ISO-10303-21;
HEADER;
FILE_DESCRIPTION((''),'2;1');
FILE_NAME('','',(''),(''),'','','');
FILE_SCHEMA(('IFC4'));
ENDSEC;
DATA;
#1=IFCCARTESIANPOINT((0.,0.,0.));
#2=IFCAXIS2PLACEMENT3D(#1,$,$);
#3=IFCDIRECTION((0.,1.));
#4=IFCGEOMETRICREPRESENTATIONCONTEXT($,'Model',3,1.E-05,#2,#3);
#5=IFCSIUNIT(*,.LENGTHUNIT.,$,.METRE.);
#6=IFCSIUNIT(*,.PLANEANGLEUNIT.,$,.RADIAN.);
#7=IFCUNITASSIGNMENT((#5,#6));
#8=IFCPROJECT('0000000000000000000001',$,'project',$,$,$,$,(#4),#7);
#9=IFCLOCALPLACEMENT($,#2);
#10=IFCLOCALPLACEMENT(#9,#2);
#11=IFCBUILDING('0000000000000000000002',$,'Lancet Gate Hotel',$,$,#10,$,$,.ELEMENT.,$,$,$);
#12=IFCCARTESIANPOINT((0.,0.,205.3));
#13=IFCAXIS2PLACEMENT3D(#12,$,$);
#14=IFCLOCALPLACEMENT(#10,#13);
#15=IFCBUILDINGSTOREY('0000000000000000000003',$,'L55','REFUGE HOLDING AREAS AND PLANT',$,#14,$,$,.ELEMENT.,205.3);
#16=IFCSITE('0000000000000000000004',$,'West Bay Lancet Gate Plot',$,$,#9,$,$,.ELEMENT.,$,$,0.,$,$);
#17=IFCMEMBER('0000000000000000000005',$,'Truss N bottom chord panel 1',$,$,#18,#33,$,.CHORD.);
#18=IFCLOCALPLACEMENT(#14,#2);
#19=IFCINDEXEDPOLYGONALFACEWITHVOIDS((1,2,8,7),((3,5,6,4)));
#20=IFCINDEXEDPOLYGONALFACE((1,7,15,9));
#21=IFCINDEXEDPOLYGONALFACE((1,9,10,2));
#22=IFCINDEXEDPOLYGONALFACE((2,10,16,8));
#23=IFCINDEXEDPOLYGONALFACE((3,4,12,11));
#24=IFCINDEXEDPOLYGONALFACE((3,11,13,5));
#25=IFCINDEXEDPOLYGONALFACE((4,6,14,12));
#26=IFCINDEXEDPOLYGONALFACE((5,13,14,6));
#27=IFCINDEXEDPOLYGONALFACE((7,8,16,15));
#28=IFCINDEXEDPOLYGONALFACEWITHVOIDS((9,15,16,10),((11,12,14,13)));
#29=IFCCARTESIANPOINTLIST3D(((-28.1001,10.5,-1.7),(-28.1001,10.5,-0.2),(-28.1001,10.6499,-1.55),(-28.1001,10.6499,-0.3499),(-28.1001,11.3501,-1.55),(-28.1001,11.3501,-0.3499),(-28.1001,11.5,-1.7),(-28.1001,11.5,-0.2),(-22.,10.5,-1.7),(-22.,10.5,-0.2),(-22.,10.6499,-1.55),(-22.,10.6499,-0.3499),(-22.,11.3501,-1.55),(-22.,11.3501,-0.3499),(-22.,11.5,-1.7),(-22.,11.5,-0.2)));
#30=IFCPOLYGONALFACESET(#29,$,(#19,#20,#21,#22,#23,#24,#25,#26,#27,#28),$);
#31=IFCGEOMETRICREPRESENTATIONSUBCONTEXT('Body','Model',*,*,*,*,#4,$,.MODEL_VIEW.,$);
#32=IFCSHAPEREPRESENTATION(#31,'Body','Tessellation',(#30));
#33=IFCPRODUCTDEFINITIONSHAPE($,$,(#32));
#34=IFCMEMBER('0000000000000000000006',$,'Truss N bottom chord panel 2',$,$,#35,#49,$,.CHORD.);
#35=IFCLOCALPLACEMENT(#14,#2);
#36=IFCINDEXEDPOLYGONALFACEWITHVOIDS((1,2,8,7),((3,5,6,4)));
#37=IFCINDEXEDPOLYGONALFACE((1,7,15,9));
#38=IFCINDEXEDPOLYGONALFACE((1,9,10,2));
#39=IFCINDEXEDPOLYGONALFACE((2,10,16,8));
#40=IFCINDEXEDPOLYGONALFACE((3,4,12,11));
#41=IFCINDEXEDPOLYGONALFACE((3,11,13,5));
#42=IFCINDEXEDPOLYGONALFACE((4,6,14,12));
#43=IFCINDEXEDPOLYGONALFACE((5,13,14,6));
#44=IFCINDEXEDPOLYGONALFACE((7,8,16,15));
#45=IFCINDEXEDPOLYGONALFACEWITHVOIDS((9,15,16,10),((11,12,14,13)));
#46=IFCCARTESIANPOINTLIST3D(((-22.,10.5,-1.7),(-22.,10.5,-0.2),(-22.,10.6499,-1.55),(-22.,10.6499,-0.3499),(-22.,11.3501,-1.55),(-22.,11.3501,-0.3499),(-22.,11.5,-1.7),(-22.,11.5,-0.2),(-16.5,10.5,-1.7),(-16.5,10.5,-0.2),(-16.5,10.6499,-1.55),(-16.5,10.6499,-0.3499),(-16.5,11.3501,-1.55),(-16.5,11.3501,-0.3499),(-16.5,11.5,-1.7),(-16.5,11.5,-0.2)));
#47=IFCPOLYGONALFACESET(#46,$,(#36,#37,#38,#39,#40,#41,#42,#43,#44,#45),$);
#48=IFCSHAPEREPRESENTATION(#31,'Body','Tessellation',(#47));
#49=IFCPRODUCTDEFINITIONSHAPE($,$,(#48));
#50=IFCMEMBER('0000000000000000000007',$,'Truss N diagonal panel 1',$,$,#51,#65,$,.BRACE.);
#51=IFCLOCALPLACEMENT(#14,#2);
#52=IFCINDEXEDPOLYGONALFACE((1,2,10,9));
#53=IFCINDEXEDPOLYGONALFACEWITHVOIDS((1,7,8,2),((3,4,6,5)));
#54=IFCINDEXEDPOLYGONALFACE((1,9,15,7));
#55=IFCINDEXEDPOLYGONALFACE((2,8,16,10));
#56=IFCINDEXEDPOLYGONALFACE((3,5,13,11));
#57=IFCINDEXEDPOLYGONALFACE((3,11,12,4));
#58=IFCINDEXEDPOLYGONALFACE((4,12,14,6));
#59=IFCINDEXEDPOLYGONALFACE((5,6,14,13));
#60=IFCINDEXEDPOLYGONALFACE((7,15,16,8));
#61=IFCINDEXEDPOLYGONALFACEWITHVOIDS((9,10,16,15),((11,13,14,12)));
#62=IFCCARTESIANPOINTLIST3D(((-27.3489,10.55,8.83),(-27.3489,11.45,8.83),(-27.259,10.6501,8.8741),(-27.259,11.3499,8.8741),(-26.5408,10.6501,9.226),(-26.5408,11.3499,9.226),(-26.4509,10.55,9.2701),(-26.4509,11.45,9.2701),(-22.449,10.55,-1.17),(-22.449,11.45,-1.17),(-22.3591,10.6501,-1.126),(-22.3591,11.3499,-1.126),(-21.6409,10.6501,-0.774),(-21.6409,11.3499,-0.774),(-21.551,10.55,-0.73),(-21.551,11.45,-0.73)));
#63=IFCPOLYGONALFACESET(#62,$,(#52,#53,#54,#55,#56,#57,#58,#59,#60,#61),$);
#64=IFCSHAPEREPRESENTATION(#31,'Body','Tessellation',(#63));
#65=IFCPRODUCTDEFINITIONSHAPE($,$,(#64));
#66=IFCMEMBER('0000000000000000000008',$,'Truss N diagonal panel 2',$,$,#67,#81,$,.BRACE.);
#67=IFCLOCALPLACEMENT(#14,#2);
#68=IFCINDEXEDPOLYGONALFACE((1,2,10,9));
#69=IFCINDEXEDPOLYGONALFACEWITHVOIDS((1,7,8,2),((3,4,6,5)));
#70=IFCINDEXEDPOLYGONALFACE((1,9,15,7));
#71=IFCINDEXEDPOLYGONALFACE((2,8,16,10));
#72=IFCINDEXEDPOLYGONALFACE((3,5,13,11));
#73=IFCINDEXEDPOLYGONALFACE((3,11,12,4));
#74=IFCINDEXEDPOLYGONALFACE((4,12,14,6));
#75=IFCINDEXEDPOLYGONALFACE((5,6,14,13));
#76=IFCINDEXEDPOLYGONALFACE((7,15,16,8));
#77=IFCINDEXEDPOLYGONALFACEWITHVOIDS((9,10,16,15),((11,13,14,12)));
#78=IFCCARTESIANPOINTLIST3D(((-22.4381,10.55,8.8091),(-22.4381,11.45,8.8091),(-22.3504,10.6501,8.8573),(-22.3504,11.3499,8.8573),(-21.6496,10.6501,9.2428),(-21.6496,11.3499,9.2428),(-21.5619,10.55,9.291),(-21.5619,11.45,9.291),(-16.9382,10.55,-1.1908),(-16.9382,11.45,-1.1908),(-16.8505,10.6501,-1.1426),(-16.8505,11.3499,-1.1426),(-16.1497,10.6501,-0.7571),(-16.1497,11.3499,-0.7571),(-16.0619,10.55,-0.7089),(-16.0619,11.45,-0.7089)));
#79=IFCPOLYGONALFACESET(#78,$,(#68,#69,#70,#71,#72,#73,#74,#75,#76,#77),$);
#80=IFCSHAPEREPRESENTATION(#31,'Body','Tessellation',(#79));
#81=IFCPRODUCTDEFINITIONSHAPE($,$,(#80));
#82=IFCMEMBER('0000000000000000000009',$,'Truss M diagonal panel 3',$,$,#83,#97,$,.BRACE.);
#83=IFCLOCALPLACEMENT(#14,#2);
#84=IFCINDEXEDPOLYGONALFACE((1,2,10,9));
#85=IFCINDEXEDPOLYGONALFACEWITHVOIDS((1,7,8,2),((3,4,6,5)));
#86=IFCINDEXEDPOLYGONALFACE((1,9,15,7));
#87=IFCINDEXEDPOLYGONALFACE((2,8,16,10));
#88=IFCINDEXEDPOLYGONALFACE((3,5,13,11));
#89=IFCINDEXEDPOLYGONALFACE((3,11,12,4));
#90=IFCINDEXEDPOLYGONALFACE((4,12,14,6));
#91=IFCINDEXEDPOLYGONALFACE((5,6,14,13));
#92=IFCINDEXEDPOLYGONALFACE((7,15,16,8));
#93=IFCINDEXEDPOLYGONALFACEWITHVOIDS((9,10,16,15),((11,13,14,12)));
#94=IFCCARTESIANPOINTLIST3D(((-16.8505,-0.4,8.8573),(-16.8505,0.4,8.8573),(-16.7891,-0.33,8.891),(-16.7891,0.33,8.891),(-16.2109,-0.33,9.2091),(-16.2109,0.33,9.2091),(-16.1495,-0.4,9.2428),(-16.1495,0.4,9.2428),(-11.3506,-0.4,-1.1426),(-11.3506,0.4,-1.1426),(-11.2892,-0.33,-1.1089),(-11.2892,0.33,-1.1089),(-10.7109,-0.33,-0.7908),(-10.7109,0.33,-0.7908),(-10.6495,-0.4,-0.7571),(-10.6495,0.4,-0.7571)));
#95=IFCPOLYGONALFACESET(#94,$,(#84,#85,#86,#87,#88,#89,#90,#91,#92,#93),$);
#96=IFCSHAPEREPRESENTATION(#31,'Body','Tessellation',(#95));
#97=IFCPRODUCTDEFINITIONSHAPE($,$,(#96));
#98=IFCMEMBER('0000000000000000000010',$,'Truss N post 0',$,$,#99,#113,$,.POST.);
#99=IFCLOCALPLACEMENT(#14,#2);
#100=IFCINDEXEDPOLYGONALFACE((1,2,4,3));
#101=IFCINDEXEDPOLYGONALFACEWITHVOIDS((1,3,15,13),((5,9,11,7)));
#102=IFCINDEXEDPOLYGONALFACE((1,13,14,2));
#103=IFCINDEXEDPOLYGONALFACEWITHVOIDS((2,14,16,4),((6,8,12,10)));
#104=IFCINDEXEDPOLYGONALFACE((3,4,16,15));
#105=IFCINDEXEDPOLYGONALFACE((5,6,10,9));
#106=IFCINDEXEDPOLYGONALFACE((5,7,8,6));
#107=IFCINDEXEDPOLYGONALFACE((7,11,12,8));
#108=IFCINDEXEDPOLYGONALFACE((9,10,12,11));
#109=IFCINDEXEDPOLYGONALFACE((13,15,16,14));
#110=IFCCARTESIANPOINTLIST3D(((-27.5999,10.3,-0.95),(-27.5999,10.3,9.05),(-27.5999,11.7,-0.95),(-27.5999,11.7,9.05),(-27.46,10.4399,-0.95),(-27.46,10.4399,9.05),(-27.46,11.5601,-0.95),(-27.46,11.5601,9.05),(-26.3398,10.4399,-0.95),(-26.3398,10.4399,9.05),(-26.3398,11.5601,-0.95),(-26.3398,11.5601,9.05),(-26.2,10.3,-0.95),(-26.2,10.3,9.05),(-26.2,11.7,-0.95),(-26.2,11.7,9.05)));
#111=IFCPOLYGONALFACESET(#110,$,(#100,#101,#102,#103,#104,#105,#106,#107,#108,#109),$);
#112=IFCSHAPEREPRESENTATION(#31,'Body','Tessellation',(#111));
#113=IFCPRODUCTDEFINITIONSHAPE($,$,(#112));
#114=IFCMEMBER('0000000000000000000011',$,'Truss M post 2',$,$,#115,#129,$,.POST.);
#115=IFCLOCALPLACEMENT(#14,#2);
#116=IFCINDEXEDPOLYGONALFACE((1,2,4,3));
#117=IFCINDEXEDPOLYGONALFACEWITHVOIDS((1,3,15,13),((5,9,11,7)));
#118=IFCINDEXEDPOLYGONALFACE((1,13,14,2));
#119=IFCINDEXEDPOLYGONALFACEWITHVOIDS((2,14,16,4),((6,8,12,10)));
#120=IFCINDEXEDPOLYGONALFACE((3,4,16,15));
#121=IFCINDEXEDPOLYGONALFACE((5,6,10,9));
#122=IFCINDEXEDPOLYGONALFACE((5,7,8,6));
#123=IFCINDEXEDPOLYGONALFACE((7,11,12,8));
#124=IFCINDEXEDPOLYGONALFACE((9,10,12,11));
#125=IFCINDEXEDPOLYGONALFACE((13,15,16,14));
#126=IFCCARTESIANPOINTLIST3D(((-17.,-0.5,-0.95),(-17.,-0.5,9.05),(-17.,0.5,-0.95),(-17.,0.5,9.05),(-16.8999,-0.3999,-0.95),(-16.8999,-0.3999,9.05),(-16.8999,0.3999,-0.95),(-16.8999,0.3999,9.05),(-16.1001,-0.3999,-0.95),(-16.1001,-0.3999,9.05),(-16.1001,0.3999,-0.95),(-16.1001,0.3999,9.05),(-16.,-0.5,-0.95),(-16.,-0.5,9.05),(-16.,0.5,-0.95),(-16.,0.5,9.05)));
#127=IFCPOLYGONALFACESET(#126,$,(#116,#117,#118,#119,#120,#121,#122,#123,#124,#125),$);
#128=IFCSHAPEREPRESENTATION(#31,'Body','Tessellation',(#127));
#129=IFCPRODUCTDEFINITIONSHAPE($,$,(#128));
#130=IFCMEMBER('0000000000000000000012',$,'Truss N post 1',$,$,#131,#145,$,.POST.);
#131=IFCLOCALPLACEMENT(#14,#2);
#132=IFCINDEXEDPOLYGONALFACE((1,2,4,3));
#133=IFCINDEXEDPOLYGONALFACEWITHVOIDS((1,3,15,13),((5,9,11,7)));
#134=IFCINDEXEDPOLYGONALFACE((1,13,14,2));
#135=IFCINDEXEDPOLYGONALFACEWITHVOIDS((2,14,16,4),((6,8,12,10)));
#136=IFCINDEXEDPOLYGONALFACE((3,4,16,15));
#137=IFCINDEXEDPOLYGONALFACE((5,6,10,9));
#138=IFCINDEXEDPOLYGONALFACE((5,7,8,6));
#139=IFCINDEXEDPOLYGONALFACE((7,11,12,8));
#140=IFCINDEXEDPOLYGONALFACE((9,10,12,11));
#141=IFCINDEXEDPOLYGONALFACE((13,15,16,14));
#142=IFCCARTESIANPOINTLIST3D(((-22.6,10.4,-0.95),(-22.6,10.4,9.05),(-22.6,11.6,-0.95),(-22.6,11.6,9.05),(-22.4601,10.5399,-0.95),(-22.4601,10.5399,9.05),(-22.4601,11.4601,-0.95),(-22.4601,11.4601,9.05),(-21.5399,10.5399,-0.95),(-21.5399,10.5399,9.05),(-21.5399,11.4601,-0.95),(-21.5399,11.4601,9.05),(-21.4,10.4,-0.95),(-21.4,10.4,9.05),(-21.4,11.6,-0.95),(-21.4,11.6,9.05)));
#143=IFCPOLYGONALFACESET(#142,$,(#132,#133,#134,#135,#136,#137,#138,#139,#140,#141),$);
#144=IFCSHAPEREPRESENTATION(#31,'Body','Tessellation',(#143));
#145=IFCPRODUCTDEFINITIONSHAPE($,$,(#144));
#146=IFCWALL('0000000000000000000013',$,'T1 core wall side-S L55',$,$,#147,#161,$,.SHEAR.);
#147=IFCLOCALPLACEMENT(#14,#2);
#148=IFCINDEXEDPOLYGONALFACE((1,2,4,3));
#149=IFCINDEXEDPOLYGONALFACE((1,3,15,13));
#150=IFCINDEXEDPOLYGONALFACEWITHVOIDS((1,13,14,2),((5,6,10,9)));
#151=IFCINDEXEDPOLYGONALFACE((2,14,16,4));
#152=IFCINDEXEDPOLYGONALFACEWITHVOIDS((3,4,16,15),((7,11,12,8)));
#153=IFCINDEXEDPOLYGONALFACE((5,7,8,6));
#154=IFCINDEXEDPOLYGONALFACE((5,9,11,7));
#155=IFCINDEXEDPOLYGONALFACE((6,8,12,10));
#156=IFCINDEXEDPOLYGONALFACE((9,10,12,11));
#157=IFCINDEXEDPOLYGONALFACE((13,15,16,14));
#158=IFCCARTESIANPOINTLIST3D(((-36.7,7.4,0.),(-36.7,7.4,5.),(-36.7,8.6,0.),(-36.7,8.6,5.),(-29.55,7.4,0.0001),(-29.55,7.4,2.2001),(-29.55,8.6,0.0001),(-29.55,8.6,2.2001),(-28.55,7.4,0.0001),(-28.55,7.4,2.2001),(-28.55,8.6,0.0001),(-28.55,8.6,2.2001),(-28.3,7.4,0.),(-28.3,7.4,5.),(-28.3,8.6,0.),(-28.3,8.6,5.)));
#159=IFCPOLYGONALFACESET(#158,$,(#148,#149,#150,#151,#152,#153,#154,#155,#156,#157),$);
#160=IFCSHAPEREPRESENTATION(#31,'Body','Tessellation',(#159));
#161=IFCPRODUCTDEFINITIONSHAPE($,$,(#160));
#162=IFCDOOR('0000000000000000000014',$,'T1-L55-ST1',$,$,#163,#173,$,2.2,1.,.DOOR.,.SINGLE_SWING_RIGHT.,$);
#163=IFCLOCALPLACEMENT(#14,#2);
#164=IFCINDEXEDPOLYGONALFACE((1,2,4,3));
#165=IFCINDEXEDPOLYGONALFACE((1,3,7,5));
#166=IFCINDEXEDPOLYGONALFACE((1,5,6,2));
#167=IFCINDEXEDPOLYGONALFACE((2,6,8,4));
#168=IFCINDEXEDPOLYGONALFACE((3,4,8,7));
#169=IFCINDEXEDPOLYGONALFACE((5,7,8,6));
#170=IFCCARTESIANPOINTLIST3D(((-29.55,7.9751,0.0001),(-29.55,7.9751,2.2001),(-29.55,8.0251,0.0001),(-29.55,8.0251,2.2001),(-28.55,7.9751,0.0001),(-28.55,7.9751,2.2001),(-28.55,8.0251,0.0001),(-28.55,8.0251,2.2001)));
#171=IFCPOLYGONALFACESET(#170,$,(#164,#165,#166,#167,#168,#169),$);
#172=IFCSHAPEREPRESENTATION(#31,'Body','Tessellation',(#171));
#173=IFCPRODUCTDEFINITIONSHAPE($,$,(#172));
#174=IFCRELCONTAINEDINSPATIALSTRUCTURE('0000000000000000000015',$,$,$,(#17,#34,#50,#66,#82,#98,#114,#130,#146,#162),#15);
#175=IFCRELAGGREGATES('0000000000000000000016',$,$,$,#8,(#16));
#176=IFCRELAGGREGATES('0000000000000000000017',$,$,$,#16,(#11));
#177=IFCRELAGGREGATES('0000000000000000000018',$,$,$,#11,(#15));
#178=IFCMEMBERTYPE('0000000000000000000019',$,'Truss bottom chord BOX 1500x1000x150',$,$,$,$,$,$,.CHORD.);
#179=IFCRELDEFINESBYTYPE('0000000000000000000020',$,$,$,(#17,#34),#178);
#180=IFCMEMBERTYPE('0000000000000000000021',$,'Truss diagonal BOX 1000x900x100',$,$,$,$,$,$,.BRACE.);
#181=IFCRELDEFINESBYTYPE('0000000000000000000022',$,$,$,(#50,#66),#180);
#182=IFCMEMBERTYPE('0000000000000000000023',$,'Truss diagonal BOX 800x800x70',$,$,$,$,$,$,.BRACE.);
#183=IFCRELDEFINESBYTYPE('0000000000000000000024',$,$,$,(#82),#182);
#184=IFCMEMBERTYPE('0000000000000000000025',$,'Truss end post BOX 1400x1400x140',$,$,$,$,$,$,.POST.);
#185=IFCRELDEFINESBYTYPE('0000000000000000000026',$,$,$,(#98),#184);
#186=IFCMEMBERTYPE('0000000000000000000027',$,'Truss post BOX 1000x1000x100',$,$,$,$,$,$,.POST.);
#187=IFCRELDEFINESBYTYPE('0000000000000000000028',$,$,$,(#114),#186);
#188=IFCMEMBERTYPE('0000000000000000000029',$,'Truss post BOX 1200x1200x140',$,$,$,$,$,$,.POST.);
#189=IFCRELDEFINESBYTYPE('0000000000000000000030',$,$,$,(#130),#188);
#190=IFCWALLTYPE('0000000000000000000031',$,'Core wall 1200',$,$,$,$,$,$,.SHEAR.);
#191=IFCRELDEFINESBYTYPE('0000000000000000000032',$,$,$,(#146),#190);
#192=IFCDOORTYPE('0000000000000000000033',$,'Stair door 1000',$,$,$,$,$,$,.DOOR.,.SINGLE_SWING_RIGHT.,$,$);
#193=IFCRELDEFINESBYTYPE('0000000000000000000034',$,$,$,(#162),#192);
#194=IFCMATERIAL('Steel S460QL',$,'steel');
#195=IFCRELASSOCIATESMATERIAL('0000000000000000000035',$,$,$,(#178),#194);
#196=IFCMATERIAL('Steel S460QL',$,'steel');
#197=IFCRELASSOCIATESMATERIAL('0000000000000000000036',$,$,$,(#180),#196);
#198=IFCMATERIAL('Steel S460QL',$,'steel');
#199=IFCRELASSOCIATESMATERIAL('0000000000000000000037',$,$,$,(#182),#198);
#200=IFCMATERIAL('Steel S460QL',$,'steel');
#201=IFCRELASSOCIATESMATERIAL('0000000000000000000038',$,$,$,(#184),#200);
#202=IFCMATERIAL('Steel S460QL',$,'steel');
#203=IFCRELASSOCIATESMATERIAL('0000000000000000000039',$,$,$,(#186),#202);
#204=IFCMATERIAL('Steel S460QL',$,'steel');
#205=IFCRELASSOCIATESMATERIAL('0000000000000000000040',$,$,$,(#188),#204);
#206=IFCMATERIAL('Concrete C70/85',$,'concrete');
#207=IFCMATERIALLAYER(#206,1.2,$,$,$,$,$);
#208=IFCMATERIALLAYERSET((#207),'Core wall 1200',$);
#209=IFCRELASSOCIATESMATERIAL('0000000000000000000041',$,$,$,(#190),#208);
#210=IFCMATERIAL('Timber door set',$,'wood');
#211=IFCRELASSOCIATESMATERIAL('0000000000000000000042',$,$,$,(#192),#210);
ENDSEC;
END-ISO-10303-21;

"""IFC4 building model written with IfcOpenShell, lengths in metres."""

from ifc_helpers import new_model, si_unit, direction, frame, frame_2d, origin, origin_2d, place, context, subcontext, project, spatial, rectangle, hollow_rectangle, extrude, material, layer, layer_set, material_profile, profile_set, type_object, element, fill, save


model = new_model("IFC4")

# Units and contexts
model_context = context("Model", 3, precision=1e-05, world=origin(), true_north=direction((0.0, 1.0)))
body_context = subcontext(model_context, "Body", "Model", "MODEL_VIEW")
ifc_project = project(units=[si_unit("LENGTHUNIT", "METRE"), si_unit("PLANEANGLEUNIT", "RADIAN")], contexts=[model_context])

# Site, building, storey
site_placement = place(None, origin())
site = spatial("IfcSite", under=ifc_project, at=site_placement, Name="West Bay Lancet Gate Plot", CompositionType="ELEMENT", RefElevation=0.0)
building_placement = place(site_placement, origin())
building = spatial("IfcBuilding", under=site, at=building_placement, Name="Lancet Gate Hotel", CompositionType="ELEMENT")
storey_placement = place(building_placement, frame((0.0, 0.0, 205.3)))
storey = spatial("IfcBuildingStorey", under=building, at=storey_placement, Name="L55", Description="REFUGE HOLDING AREAS AND PLANT", CompositionType="ELEMENT", Elevation=205.3)

# Members
ifc_material_1 = material(Name="Steel S460QL", Category="steel")
ifc_material_profile_1 = material_profile(ifc_material_1, hollow_rectangle(XDim=1.0, YDim=1.5, WallThickness=0.1499, at=origin_2d()), Name="BOX 1500x1000x150")
ifc_profile_set_1 = profile_set([ifc_material_profile_1], Name="Steel S460QL")
member_type_1 = type_object("IfcMemberType", Name="Truss bottom chord BOX 1500x1000x150", PredefinedType="CHORD", material=ifc_profile_set_1)
member_1_placement = place(storey_placement, frame((-28.1001, 11.0, -0.95), z_axis=(1.0, 0.0, 0.0), x_axis=(0.0, 1.0, 0.0)))
element("IfcMember", 1, at=member_1_placement, inside=storey, type_object=member_type_1, Name="Truss N bottom chord panel 1", PredefinedType="CHORD", context=body_context, shape_type="SweptSolid", body=[
    extrude(hollow_rectangle(XDim=1.0, YDim=1.5, WallThickness=0.1499, at=origin_2d()), origin(), (0.0, 0.0, 1.0), 6.1001),
])
member_2_placement = place(storey_placement, frame((-22.0, 11.0, -0.95), z_axis=(1.0, 0.0, 0.0), x_axis=(0.0, 1.0, 0.0)))
element("IfcMember", 2, at=member_2_placement, inside=storey, type_object=member_type_1, Name="Truss N bottom chord panel 2", PredefinedType="CHORD", context=body_context, shape_type="SweptSolid", body=[
    extrude(hollow_rectangle(XDim=1.0, YDim=1.5, WallThickness=0.1499, at=origin_2d()), origin(), (0.0, 0.0, 1.0), 5.5),
])
ifc_material_2 = material(Name="Steel S460QL", Category="steel")
ifc_material_profile_2 = material_profile(ifc_material_2, hollow_rectangle(XDim=0.8999, YDim=1.0, WallThickness=0.1001, at=origin_2d()), Name="BOX 1000x900x100")
ifc_profile_set_2 = profile_set([ifc_material_profile_2], Name="Steel S460QL")
member_type_2 = type_object("IfcMemberType", Name="Truss diagonal BOX 1000x900x100", PredefinedType="BRACE", material=ifc_profile_set_2)
member_3_placement = place(storey_placement, frame((-26.8999, 11.0, 9.05), z_axis=(0.440008, 0.0, -0.897994), x_axis=(0.0, 1.0, 0.0)))
element("IfcMember", 3, at=member_3_placement, inside=storey, type_object=member_type_2, Name="Truss N diagonal panel 1", PredefinedType="BRACE", context=body_context, shape_type="SweptSolid", body=[
    extrude(hollow_rectangle(XDim=0.8999, YDim=1.0, WallThickness=0.1001, at=origin_2d()), origin(), (0.0, 0.0, 1.0), 11.136),
])
member_4_placement = place(storey_placement, frame((-22.0, 11.0, 9.05), z_axis=(0.481919, 0.0, -0.876216), x_axis=(0.0, 1.0, 0.0)))
element("IfcMember", 4, at=member_4_placement, inside=storey, type_object=member_type_2, Name="Truss N diagonal panel 2", PredefinedType="BRACE", context=body_context, shape_type="SweptSolid", body=[
    extrude(hollow_rectangle(XDim=0.8999, YDim=1.0, WallThickness=0.1001, at=origin_2d()), origin(), (0.0, 0.0, 1.0), 11.4126),
])
ifc_material_3 = material(Name="Steel S460QL", Category="steel")
ifc_material_profile_3 = material_profile(ifc_material_3, hollow_rectangle(XDim=0.8, YDim=0.8, WallThickness=0.0701, at=origin_2d()), Name="BOX 800x800x70")
ifc_profile_set_3 = profile_set([ifc_material_profile_3], Name="Steel S460QL")
member_type_3 = type_object("IfcMemberType", Name="Truss diagonal BOX 800x800x70", PredefinedType="BRACE", material=ifc_profile_set_3)
member_5_placement = place(storey_placement, frame((-16.5, 0.0, 9.05), z_axis=(0.481919, 0.0, -0.876216), x_axis=(0.0, 1.0, 0.0)))
element("IfcMember", 5, at=member_5_placement, inside=storey, type_object=member_type_3, Name="Truss M diagonal panel 3", PredefinedType="BRACE", context=body_context, shape_type="SweptSolid", body=[
    extrude(hollow_rectangle(XDim=0.8, YDim=0.8, WallThickness=0.0701, at=origin_2d()), origin(), (0.0, 0.0, 1.0), 11.4126),
])
ifc_material_4 = material(Name="Steel S460QL", Category="steel")
ifc_material_profile_4 = material_profile(ifc_material_4, hollow_rectangle(XDim=1.3999, YDim=1.3999, WallThickness=0.1399, at=origin_2d()), Name="BOX 1400x1400x140")
ifc_profile_set_4 = profile_set([ifc_material_profile_4], Name="Steel S460QL")
member_type_4 = type_object("IfcMemberType", Name="Truss end post BOX 1400x1400x140", PredefinedType="POST", material=ifc_profile_set_4)
member_6_placement = place(storey_placement, frame((-26.8999, 11.0, -0.95), z_axis=(0.0, 0.0, 1.0), x_axis=(1.0, 0.0, 0.0)))
element("IfcMember", 6, at=member_6_placement, inside=storey, type_object=member_type_4, Name="Truss N post 0", PredefinedType="POST", context=body_context, shape_type="SweptSolid", body=[
    extrude(hollow_rectangle(XDim=1.3999, YDim=1.3999, WallThickness=0.1399, at=origin_2d()), origin(), (0.0, 0.0, 1.0), 10.0),
])
ifc_material_5 = material(Name="Steel S460QL", Category="steel")
ifc_material_profile_5 = material_profile(ifc_material_5, hollow_rectangle(XDim=1.0, YDim=1.0, WallThickness=0.1001, at=origin_2d()), Name="BOX 1000x1000x100")
ifc_profile_set_5 = profile_set([ifc_material_profile_5], Name="Steel S460QL")
member_type_5 = type_object("IfcMemberType", Name="Truss post BOX 1000x1000x100", PredefinedType="POST", material=ifc_profile_set_5)
member_7_placement = place(storey_placement, frame((-16.5, 0.0, -0.95), z_axis=(0.0, 0.0, 1.0), x_axis=(1.0, 0.0, 0.0)))
element("IfcMember", 7, at=member_7_placement, inside=storey, type_object=member_type_5, Name="Truss M post 2", PredefinedType="POST", context=body_context, shape_type="SweptSolid", body=[
    extrude(hollow_rectangle(XDim=1.0, YDim=1.0, WallThickness=0.1001, at=origin_2d()), origin(), (0.0, 0.0, 1.0), 10.0),
])
ifc_material_6 = material(Name="Steel S460QL", Category="steel")
ifc_material_profile_6 = material_profile(ifc_material_6, hollow_rectangle(XDim=1.2, YDim=1.2, WallThickness=0.1399, at=origin_2d()), Name="BOX 1200x1200x140")
ifc_profile_set_6 = profile_set([ifc_material_profile_6], Name="Steel S460QL")
member_type_6 = type_object("IfcMemberType", Name="Truss post BOX 1200x1200x140", PredefinedType="POST", material=ifc_profile_set_6)
member_8_placement = place(storey_placement, frame((-22.0, 11.0, -0.95), z_axis=(0.0, 0.0, 1.0), x_axis=(1.0, 0.0, 0.0)))
element("IfcMember", 8, at=member_8_placement, inside=storey, type_object=member_type_6, Name="Truss N post 1", PredefinedType="POST", context=body_context, shape_type="SweptSolid", body=[
    extrude(hollow_rectangle(XDim=1.2, YDim=1.2, WallThickness=0.1399, at=origin_2d()), origin(), (0.0, 0.0, 1.0), 10.0),
])

# Wall, opening, door
ifc_material_7 = material(Name="Concrete C70/85", Category="concrete")
ifc_layer_1 = layer(ifc_material_7, 1.2)
ifc_layer_set_1 = layer_set([ifc_layer_1], Name="Core wall 1200")
wall_type_1 = type_object("IfcWallType", Name="Core wall 1200", PredefinedType="SHEAR", material=ifc_layer_set_1)
wall_1_placement = place(storey_placement, frame((-28.3, 8.0, 0.0), z_axis=(0.0, 0.0, 1.0), x_axis=(-1.0, 0.0, 0.0)))
wall_1 = element("IfcWall", 9, at=wall_1_placement, inside=storey, type_object=wall_type_1, Name="T1 core wall side-S L55", PredefinedType="SHEAR", context=body_context, shape_type="SweptSolid", body=[
    extrude(rectangle(XDim=8.3999, YDim=1.2, at=frame_2d((4.2, 0.0))), origin(), (0.0, 0.0, 1.0), 5.0),
])
opening_1_placement = place(wall_1_placement, frame((0.25, 0.0, 0.0)))
opening_1 = element("IfcOpeningElement", 10, at=opening_1_placement, cuts=wall_1, PredefinedType="OPENING", context=body_context, shape_type="SweptSolid", body=[
    extrude(rectangle(XDim=1.0, YDim=2.2, at=frame_2d((0.5, 1.1001))), frame((0.0, 0.6099, 0.0), z_axis=(0.0, -1.0, 0.0), x_axis=(1.0, 0.0, 0.0)), (0.0, 0.0, 1.0), 1.22),
])
ifc_material_8 = material(Name="Timber door set", Category="wood")
door_type_1 = type_object("IfcDoorType", Name="Stair door 1000", OperationType="SINGLE_SWING_RIGHT", PredefinedType="DOOR", material=ifc_material_8)
door_1_placement = place(opening_1_placement, origin())
door_1 = element("IfcDoor", 11, at=door_1_placement, inside=storey, type_object=door_type_1, Name="T1-L55-ST1", OperationType="SINGLE_SWING_RIGHT", OverallHeight=2.2, OverallWidth=1.0, PredefinedType="DOOR", context=body_context, shape_type="SweptSolid", body=[
    extrude(rectangle(XDim=1.0, YDim=2.2, at=frame_2d((0.5, 1.1001))), frame((0.0, 0.0249, 0.0), z_axis=(0.0, -1.0, 0.0), x_axis=(1.0, 0.0, 0.0)), (0.0, 0.0, 1.0), 0.05),
])
fill(opening_1, door_1)

save(model, "model.ifc")
